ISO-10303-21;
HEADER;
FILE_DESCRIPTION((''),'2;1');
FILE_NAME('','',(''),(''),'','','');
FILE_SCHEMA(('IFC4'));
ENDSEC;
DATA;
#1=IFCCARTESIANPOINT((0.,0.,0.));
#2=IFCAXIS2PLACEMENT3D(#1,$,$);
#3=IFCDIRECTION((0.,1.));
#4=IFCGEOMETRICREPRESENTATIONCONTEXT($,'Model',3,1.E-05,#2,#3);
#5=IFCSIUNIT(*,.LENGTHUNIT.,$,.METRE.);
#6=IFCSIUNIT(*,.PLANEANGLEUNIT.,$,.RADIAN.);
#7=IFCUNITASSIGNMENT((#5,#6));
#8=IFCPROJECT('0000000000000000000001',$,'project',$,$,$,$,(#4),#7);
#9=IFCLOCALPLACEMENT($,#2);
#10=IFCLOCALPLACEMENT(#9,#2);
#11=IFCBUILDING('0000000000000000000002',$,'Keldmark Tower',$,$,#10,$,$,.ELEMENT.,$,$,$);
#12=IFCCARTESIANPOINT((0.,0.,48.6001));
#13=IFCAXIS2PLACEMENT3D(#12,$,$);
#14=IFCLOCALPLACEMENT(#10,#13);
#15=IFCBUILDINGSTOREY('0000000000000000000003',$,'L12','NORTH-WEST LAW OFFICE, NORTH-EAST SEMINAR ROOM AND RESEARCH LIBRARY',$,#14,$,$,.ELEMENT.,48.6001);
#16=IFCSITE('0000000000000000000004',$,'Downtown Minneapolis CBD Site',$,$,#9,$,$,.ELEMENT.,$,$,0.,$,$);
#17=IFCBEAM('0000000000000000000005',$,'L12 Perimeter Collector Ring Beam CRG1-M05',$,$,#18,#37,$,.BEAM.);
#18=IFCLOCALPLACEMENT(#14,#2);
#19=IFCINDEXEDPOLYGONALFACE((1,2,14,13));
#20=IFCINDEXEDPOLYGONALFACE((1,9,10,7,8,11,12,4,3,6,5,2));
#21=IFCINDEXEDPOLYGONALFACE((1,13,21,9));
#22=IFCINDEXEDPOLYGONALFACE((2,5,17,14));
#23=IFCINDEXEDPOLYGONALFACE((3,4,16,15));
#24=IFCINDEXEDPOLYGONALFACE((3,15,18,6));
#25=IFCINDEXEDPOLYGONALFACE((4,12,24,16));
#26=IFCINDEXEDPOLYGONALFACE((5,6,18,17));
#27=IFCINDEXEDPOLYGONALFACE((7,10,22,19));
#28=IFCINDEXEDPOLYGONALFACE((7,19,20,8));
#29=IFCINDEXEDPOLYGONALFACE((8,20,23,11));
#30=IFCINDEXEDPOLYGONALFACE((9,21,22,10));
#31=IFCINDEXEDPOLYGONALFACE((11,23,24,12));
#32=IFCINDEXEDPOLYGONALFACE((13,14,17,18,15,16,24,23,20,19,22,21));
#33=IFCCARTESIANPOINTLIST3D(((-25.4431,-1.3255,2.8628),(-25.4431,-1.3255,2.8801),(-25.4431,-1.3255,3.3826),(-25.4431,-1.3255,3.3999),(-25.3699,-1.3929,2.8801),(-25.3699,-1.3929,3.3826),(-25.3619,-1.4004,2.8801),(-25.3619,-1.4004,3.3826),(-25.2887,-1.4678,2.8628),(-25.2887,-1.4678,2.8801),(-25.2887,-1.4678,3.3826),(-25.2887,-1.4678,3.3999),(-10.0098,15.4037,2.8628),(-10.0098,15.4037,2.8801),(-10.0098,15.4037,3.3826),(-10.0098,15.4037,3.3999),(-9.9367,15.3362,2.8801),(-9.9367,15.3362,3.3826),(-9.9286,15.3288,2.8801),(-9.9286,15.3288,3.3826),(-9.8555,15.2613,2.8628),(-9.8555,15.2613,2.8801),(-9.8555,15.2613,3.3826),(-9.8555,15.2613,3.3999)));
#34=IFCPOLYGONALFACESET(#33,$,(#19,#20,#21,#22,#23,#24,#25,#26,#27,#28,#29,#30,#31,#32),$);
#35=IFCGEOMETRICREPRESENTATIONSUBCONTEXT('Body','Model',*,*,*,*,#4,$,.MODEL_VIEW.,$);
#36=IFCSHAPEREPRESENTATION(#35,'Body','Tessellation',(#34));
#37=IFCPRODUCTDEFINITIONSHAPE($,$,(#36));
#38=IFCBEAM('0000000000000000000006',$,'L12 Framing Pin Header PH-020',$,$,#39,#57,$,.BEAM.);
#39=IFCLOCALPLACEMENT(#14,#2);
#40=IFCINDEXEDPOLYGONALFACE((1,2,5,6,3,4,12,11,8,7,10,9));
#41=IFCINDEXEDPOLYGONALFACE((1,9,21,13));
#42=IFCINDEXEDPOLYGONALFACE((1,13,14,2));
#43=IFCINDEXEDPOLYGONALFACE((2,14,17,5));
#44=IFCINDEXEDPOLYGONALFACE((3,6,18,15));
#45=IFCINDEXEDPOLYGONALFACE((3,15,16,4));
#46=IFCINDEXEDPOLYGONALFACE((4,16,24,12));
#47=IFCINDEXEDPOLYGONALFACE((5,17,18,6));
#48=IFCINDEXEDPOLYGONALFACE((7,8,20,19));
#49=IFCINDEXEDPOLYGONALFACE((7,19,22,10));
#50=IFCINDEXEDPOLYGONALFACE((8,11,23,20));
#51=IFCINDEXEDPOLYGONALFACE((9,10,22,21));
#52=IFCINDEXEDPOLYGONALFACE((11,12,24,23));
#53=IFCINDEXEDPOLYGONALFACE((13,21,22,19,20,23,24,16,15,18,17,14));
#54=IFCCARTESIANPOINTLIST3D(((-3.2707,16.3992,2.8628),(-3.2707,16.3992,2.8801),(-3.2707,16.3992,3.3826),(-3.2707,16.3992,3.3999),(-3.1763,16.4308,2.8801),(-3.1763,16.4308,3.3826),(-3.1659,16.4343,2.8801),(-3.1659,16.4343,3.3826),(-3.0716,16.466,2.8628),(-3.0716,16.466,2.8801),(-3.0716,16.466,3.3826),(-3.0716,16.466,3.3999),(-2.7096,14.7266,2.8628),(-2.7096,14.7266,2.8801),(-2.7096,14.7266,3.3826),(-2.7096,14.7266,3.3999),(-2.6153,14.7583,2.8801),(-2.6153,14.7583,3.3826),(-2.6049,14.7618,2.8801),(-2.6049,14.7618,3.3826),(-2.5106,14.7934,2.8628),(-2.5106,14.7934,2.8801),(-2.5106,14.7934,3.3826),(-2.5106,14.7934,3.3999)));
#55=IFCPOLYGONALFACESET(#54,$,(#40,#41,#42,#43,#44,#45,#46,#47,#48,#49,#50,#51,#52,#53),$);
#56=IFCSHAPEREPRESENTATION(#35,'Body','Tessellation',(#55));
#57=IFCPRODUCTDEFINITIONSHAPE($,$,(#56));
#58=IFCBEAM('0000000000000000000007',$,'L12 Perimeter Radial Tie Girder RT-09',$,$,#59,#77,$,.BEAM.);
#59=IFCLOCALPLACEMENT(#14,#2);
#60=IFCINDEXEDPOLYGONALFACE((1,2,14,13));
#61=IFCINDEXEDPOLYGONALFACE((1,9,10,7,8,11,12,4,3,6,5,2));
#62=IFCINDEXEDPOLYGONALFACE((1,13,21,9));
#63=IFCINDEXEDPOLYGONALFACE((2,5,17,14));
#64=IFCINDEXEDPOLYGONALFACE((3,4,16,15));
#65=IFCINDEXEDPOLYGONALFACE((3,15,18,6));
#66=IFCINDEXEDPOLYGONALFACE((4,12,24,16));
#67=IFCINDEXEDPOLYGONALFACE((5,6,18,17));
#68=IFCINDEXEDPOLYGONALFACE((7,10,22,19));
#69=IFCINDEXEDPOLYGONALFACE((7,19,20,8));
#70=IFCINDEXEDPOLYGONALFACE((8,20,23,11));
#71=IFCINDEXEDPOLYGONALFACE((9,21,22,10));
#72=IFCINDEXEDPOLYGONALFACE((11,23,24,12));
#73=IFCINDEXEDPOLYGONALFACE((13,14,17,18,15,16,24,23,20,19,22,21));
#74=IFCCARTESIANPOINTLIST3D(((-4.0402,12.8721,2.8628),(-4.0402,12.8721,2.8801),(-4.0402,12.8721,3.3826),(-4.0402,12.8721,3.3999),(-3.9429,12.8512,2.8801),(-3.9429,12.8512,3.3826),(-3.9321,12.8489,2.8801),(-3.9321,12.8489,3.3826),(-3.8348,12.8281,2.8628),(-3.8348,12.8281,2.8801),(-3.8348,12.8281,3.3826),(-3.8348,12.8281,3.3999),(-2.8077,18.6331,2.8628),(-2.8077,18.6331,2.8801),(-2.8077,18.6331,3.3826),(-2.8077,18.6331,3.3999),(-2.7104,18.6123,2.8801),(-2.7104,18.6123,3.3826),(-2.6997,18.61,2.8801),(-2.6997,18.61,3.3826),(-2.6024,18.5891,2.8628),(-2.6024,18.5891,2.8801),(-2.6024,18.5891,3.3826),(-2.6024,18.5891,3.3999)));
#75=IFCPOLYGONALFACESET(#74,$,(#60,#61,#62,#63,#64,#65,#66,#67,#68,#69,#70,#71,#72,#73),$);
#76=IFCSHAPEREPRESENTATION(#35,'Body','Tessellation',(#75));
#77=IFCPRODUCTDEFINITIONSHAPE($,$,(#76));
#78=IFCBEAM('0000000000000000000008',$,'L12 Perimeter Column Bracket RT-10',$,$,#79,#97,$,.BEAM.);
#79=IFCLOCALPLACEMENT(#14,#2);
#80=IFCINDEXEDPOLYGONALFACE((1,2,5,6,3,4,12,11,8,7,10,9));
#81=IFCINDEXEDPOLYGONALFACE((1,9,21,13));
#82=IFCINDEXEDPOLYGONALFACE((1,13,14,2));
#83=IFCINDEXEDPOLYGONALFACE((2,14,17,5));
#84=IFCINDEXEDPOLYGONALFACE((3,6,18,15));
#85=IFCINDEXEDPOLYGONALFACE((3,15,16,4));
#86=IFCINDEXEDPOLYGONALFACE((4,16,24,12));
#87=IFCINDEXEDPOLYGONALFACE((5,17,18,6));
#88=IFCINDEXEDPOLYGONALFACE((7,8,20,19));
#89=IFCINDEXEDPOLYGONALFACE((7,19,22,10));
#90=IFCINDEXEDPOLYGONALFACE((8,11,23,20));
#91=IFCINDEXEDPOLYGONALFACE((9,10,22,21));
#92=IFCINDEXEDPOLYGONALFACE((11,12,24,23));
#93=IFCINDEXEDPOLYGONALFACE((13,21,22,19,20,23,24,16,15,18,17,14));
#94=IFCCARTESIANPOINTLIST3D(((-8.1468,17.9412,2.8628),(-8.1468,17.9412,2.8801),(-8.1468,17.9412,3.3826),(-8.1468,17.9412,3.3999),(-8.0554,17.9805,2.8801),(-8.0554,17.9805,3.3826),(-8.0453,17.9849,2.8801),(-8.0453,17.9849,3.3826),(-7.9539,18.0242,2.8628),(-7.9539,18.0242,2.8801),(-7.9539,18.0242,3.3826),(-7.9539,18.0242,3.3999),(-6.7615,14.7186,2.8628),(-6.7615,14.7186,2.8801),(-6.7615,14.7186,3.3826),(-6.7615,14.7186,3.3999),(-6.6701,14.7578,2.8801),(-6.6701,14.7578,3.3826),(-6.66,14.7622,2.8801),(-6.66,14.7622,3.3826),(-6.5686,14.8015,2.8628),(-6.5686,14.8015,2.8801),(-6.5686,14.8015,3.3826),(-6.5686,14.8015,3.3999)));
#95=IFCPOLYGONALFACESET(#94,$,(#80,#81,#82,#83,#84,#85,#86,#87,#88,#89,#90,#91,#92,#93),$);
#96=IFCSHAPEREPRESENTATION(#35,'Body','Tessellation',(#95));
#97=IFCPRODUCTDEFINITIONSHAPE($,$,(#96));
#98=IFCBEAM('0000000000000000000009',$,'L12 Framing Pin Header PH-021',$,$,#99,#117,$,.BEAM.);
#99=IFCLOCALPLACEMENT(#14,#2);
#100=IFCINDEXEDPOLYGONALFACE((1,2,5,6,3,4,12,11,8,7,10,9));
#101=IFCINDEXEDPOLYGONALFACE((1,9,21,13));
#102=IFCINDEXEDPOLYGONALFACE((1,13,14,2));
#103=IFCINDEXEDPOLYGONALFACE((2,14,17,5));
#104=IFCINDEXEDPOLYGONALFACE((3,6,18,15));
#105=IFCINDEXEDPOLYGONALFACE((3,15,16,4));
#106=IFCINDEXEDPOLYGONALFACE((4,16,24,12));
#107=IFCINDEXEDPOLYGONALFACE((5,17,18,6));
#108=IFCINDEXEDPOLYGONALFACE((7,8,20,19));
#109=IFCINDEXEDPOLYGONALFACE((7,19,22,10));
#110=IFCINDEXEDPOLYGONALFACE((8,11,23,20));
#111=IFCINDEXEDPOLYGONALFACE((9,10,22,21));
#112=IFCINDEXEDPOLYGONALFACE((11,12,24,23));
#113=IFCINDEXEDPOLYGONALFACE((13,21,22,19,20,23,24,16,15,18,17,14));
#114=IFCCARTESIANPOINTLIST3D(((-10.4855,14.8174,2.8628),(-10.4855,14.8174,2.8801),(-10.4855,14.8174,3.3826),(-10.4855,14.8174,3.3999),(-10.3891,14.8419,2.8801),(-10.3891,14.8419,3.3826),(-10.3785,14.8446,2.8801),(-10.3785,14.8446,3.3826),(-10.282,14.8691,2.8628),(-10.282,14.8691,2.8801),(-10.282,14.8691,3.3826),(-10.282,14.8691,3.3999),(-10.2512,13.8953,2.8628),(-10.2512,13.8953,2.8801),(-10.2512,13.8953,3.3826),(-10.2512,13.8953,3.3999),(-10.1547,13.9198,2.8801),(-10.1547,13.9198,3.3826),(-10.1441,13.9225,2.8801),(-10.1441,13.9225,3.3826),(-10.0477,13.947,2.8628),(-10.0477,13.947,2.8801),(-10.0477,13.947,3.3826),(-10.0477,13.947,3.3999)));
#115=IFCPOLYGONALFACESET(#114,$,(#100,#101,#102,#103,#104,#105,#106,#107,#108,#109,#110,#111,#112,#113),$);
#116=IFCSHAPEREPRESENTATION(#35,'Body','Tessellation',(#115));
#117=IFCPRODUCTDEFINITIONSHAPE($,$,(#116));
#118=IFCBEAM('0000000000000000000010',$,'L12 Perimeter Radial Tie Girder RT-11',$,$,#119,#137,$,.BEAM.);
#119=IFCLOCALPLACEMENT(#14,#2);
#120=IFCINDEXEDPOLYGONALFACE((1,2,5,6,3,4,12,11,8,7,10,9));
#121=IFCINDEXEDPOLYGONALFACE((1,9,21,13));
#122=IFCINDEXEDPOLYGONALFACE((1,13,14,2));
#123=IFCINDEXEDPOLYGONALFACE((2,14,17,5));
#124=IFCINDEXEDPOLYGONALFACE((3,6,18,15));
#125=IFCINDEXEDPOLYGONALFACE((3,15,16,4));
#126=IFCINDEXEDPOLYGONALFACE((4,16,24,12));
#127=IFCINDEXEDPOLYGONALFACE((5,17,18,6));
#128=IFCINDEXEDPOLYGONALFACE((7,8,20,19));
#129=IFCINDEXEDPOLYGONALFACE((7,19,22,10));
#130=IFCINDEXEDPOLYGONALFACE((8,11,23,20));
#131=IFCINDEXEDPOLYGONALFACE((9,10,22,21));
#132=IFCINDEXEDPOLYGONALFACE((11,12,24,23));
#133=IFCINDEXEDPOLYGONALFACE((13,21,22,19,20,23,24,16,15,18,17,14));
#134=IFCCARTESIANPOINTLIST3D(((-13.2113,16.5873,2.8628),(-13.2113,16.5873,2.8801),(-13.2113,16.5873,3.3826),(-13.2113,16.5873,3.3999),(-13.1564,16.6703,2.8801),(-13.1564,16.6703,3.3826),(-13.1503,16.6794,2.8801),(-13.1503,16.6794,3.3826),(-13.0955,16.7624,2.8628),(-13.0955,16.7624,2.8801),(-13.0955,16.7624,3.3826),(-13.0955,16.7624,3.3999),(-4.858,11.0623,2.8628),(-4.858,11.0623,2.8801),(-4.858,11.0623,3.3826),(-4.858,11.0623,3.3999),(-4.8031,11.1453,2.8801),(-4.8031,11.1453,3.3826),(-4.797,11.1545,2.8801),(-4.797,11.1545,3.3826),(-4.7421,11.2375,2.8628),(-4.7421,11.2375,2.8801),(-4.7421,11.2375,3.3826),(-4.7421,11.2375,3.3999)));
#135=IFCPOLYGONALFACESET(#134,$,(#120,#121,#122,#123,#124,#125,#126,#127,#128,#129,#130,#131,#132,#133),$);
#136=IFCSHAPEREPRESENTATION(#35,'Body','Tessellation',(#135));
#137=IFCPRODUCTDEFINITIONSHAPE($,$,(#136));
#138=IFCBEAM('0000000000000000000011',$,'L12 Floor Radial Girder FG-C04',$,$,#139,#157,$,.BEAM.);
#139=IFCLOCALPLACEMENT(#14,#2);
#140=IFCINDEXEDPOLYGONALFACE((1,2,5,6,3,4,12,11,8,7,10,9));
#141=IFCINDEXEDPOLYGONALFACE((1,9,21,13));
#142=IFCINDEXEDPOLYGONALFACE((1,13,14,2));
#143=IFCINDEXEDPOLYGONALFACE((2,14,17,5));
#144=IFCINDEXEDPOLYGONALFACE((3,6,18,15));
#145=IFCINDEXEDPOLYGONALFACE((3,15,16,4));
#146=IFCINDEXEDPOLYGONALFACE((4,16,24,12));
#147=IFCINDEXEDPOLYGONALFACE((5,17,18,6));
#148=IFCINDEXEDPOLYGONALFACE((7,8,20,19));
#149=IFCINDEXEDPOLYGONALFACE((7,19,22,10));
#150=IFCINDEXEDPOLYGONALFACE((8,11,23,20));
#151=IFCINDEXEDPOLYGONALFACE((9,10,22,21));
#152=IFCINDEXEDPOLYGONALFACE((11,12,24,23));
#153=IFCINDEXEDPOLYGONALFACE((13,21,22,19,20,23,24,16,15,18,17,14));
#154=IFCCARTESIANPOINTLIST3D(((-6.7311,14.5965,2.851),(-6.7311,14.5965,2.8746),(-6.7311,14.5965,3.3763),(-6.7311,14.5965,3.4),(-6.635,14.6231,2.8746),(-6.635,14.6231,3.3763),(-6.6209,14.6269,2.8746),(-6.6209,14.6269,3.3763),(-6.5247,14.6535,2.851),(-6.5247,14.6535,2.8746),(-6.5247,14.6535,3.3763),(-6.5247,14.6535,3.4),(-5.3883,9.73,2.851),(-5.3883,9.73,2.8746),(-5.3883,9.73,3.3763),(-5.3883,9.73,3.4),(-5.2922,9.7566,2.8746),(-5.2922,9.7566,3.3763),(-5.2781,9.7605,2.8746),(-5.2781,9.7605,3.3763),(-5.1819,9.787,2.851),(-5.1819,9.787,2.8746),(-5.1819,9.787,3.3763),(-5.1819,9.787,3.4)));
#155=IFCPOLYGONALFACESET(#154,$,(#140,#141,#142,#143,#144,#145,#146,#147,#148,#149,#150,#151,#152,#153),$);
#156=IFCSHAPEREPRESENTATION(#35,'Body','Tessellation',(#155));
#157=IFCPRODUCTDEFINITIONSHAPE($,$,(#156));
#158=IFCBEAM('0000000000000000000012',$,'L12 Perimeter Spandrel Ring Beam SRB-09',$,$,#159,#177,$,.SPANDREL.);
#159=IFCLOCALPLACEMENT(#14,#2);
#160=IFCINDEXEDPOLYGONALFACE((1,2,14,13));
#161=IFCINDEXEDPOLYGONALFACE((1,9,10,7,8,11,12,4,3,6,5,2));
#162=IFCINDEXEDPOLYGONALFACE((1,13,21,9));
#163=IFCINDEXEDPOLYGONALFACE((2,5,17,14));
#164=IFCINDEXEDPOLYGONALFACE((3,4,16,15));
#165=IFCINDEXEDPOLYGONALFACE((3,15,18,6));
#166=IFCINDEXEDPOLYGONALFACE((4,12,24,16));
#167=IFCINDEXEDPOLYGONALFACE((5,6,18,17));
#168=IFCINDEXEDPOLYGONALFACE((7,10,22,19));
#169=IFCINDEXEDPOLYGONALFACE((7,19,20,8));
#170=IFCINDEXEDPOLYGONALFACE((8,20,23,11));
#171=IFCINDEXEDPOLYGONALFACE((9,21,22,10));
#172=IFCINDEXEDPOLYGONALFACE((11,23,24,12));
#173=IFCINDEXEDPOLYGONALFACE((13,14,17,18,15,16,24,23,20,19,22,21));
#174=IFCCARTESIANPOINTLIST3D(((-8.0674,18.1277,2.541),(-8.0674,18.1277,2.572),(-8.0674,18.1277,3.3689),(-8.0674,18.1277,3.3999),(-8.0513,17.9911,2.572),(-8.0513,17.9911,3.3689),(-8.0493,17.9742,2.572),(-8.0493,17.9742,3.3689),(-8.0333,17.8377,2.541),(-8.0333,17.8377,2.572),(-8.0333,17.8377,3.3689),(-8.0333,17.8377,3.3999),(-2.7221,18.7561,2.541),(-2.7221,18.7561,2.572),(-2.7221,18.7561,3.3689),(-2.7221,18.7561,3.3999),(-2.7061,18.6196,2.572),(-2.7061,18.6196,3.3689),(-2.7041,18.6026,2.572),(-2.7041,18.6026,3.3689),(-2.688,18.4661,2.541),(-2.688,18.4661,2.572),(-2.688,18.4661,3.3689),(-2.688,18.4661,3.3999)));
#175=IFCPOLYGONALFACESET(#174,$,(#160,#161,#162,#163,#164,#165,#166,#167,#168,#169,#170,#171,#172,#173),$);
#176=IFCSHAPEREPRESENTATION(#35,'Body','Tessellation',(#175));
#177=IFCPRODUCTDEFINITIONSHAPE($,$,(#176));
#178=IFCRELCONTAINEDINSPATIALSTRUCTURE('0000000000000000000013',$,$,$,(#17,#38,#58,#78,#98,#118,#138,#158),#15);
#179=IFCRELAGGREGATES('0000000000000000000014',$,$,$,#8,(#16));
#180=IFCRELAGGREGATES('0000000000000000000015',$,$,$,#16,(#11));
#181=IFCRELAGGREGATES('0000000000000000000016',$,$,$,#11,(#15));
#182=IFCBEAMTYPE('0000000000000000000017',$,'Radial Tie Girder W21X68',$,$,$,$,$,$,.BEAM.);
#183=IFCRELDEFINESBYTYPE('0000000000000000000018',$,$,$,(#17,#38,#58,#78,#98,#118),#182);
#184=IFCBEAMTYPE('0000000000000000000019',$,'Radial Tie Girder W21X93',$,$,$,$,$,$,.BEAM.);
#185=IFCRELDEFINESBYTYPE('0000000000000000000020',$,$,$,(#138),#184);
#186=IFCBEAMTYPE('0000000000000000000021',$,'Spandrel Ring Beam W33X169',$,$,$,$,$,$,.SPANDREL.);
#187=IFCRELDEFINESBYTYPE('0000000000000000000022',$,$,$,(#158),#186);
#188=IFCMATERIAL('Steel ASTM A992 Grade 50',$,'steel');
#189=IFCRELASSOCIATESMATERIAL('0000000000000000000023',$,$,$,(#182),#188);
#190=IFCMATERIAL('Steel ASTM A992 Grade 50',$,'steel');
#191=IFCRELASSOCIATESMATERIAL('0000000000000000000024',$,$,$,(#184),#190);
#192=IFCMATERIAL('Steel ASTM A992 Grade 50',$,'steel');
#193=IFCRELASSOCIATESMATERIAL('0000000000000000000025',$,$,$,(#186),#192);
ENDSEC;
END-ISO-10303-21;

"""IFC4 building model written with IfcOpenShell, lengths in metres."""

from ifc_helpers import new_model, si_unit, direction, frame, origin, origin_2d, place, context, subcontext, project, spatial, i_section, extrude, material, material_profile, profile_set, type_object, element, save


model = new_model("IFC4")

# Units and contexts
model_context = context("Model", 3, precision=1e-05, world=origin(), true_north=direction((0.0, 1.0)))
body_context = subcontext(model_context, "Body", "Model", "MODEL_VIEW")
ifc_project = project(units=[si_unit("LENGTHUNIT", "METRE"), si_unit("PLANEANGLEUNIT", "RADIAN")], contexts=[model_context])

# Site, building, storey
site_placement = place(None, origin())
site = spatial("IfcSite", under=ifc_project, at=site_placement, Name="Downtown Minneapolis CBD Site", CompositionType="ELEMENT", RefElevation=0.0)
building_placement = place(site_placement, origin())
building = spatial("IfcBuilding", under=site, at=building_placement, Name="Keldmark Tower", CompositionType="ELEMENT")
storey_placement = place(building_placement, frame((0.0, 0.0, 48.6001)))
storey = spatial("IfcBuildingStorey", under=building, at=storey_placement, Name="L12", Description="NORTH-WEST LAW OFFICE, NORTH-EAST SEMINAR ROOM AND RESEARCH LIBRARY", CompositionType="ELEMENT", Elevation=48.6001)

# Beams
ifc_material_1 = material(Name="Steel ASTM A992 Grade 50", Category="steel")
ifc_material_profile_1 = material_profile(ifc_material_1, i_section(OverallWidth=0.21, OverallDepth=0.5371, WebThickness=0.011, FlangeThickness=0.0173, at=origin_2d()), Name="W21X68")
ifc_profile_set_1 = profile_set([ifc_material_profile_1], Name="Steel ASTM A992 Grade 50")
beam_type_1 = type_object("IfcBeamType", Name="Radial Tie Girder W21X68", PredefinedType="BEAM", material=ifc_profile_set_1)
beam_1_placement = place(storey_placement, frame((-9.9326, 15.3325, 3.1313), z_axis=(-0.678066, -0.735001, 0.0), x_axis=(0.735001, -0.678066, 0.0)))
element("IfcBeam", 1, at=beam_1_placement, inside=storey, type_object=beam_type_1, Name="L12 Perimeter Collector Ring Beam CRG1-M05", PredefinedType="BEAM", context=body_context, shape_type="SweptSolid", body=[
    extrude(i_section(OverallWidth=0.21, OverallDepth=0.5371, WebThickness=0.011, FlangeThickness=0.0173, at=origin_2d()), origin(), (0.0, 0.0, 1.0), 22.7607),
])
beam_2_placement = place(storey_placement, frame((-2.6101, 14.76, 3.1313), z_axis=(-0.318012, 0.948087, 0.0), x_axis=(-0.948087, -0.318012, 0.0)))
element("IfcBeam", 2, at=beam_2_placement, inside=storey, type_object=beam_type_1, Name="L12 Framing Pin Header PH-020", PredefinedType="BEAM", context=body_context, shape_type="SweptSolid", body=[
    extrude(i_section(OverallWidth=0.21, OverallDepth=0.5371, WebThickness=0.011, FlangeThickness=0.0173, at=origin_2d()), origin(), (0.0, 0.0, 1.0), 1.7642),
])
beam_3_placement = place(storey_placement, frame((-3.9375, 12.8501, 3.1313), z_axis=(0.209192, 0.977875, 0.0), x_axis=(-0.977875, 0.209192, 0.0)))
element("IfcBeam", 3, at=beam_3_placement, inside=storey, type_object=beam_type_1, Name="L12 Perimeter Radial Tie Girder RT-09", PredefinedType="BEAM", context=body_context, shape_type="SweptSolid", body=[
    extrude(i_section(OverallWidth=0.21, OverallDepth=0.5371, WebThickness=0.011, FlangeThickness=0.0173, at=origin_2d()), origin(), (0.0, 0.0, 1.0), 5.8914),
])
beam_4_placement = place(storey_placement, frame((-6.665, 14.76, 3.1313), z_axis=(-0.39491, 0.91872, 0.0), x_axis=(-0.91872, -0.39491, 0.0)))
element("IfcBeam", 4, at=beam_4_placement, inside=storey, type_object=beam_type_1, Name="L12 Perimeter Column Bracket RT-10", PredefinedType="BEAM", context=body_context, shape_type="SweptSolid", body=[
    extrude(i_section(OverallWidth=0.21, OverallDepth=0.5371, WebThickness=0.011, FlangeThickness=0.0173, at=origin_2d()), origin(), (0.0, 0.0, 1.0), 3.5078),
])
beam_5_placement = place(storey_placement, frame((-10.1494, 13.9211, 3.1313), z_axis=(-0.246338, 0.969184, 0.0), x_axis=(-0.969184, -0.246338, 0.0)))
element("IfcBeam", 5, at=beam_5_placement, inside=storey, type_object=beam_type_1, Name="L12 Framing Pin Header PH-021", PredefinedType="BEAM", context=body_context, shape_type="SweptSolid", body=[
    extrude(i_section(OverallWidth=0.21, OverallDepth=0.5371, WebThickness=0.011, FlangeThickness=0.0173, at=origin_2d()), origin(), (0.0, 0.0, 1.0), 0.9514),
])
beam_6_placement = place(storey_placement, frame((-4.8, 11.1499, 3.1313), z_axis=(-0.83407, 0.551659, 0.0), x_axis=(-0.551659, -0.83407, 0.0)))
element("IfcBeam", 6, at=beam_6_placement, inside=storey, type_object=beam_type_1, Name="L12 Perimeter Radial Tie Girder RT-11", PredefinedType="BEAM", context=body_context, shape_type="SweptSolid", body=[
    extrude(i_section(OverallWidth=0.21, OverallDepth=0.5371, WebThickness=0.011, FlangeThickness=0.0173, at=origin_2d()), origin(), (0.0, 0.0, 1.0), 10.0151),
])
ifc_material_2 = material(Name="Steel ASTM A992 Grade 50", Category="steel")
ifc_material_profile_2 = material_profile(ifc_material_2, i_section(OverallWidth=0.2141, OverallDepth=0.5491, WebThickness=0.0146, FlangeThickness=0.0237, at=origin_2d()), Name="W21X93")
ifc_profile_set_2 = profile_set([ifc_material_profile_2], Name="Steel ASTM A992 Grade 50")
beam_type_2 = type_object("IfcBeamType", Name="Radial Tie Girder W21X93", PredefinedType="BEAM", material=ifc_profile_set_2)
beam_7_placement = place(storey_placement, frame((-6.6279, 14.625, 3.1255), z_axis=(0.265985, -0.963977, 0.0), x_axis=(0.963977, 0.265985, 0.0)))
element("IfcBeam", 7, at=beam_7_placement, inside=storey, type_object=beam_type_2, Name="L12 Floor Radial Girder FG-C04", PredefinedType="BEAM", context=body_context, shape_type="SweptSolid", body=[
    extrude(i_section(OverallWidth=0.2141, OverallDepth=0.5491, WebThickness=0.0146, FlangeThickness=0.0237, at=origin_2d()), origin(), (0.0, 0.0, 1.0), 5.0483),
])
ifc_material_3 = material(Name="Steel ASTM A992 Grade 50", Category="steel")
ifc_material_profile_3 = material_profile(ifc_material_3, i_section(OverallWidth=0.292, OverallDepth=0.8589, WebThickness=0.0171, FlangeThickness=0.031, at=origin_2d()), Name="W33X169")
ifc_profile_set_3 = profile_set([ifc_material_profile_3], Name="Steel ASTM A992 Grade 50")
beam_type_3 = type_object("IfcBeamType", Name="Spandrel Ring Beam W33X169", PredefinedType="SPANDREL", material=ifc_profile_set_3)
beam_8_placement = place(storey_placement, frame((-2.7051, 18.6111, 2.9705), z_axis=(-0.99316, -0.116762, 0.0), x_axis=(0.116762, -0.99316, 0.0)))
element("IfcBeam", 8, at=beam_8_placement, inside=storey, type_object=beam_type_3, Name="L12 Perimeter Spandrel Ring Beam SRB-09", PredefinedType="SPANDREL", context=body_context, shape_type="SweptSolid", body=[
    extrude(i_section(OverallWidth=0.292, OverallDepth=0.8589, WebThickness=0.0171, FlangeThickness=0.031, at=origin_2d()), origin(), (0.0, 0.0, 1.0), 5.3821),
])

save(model, "model.ifc")
